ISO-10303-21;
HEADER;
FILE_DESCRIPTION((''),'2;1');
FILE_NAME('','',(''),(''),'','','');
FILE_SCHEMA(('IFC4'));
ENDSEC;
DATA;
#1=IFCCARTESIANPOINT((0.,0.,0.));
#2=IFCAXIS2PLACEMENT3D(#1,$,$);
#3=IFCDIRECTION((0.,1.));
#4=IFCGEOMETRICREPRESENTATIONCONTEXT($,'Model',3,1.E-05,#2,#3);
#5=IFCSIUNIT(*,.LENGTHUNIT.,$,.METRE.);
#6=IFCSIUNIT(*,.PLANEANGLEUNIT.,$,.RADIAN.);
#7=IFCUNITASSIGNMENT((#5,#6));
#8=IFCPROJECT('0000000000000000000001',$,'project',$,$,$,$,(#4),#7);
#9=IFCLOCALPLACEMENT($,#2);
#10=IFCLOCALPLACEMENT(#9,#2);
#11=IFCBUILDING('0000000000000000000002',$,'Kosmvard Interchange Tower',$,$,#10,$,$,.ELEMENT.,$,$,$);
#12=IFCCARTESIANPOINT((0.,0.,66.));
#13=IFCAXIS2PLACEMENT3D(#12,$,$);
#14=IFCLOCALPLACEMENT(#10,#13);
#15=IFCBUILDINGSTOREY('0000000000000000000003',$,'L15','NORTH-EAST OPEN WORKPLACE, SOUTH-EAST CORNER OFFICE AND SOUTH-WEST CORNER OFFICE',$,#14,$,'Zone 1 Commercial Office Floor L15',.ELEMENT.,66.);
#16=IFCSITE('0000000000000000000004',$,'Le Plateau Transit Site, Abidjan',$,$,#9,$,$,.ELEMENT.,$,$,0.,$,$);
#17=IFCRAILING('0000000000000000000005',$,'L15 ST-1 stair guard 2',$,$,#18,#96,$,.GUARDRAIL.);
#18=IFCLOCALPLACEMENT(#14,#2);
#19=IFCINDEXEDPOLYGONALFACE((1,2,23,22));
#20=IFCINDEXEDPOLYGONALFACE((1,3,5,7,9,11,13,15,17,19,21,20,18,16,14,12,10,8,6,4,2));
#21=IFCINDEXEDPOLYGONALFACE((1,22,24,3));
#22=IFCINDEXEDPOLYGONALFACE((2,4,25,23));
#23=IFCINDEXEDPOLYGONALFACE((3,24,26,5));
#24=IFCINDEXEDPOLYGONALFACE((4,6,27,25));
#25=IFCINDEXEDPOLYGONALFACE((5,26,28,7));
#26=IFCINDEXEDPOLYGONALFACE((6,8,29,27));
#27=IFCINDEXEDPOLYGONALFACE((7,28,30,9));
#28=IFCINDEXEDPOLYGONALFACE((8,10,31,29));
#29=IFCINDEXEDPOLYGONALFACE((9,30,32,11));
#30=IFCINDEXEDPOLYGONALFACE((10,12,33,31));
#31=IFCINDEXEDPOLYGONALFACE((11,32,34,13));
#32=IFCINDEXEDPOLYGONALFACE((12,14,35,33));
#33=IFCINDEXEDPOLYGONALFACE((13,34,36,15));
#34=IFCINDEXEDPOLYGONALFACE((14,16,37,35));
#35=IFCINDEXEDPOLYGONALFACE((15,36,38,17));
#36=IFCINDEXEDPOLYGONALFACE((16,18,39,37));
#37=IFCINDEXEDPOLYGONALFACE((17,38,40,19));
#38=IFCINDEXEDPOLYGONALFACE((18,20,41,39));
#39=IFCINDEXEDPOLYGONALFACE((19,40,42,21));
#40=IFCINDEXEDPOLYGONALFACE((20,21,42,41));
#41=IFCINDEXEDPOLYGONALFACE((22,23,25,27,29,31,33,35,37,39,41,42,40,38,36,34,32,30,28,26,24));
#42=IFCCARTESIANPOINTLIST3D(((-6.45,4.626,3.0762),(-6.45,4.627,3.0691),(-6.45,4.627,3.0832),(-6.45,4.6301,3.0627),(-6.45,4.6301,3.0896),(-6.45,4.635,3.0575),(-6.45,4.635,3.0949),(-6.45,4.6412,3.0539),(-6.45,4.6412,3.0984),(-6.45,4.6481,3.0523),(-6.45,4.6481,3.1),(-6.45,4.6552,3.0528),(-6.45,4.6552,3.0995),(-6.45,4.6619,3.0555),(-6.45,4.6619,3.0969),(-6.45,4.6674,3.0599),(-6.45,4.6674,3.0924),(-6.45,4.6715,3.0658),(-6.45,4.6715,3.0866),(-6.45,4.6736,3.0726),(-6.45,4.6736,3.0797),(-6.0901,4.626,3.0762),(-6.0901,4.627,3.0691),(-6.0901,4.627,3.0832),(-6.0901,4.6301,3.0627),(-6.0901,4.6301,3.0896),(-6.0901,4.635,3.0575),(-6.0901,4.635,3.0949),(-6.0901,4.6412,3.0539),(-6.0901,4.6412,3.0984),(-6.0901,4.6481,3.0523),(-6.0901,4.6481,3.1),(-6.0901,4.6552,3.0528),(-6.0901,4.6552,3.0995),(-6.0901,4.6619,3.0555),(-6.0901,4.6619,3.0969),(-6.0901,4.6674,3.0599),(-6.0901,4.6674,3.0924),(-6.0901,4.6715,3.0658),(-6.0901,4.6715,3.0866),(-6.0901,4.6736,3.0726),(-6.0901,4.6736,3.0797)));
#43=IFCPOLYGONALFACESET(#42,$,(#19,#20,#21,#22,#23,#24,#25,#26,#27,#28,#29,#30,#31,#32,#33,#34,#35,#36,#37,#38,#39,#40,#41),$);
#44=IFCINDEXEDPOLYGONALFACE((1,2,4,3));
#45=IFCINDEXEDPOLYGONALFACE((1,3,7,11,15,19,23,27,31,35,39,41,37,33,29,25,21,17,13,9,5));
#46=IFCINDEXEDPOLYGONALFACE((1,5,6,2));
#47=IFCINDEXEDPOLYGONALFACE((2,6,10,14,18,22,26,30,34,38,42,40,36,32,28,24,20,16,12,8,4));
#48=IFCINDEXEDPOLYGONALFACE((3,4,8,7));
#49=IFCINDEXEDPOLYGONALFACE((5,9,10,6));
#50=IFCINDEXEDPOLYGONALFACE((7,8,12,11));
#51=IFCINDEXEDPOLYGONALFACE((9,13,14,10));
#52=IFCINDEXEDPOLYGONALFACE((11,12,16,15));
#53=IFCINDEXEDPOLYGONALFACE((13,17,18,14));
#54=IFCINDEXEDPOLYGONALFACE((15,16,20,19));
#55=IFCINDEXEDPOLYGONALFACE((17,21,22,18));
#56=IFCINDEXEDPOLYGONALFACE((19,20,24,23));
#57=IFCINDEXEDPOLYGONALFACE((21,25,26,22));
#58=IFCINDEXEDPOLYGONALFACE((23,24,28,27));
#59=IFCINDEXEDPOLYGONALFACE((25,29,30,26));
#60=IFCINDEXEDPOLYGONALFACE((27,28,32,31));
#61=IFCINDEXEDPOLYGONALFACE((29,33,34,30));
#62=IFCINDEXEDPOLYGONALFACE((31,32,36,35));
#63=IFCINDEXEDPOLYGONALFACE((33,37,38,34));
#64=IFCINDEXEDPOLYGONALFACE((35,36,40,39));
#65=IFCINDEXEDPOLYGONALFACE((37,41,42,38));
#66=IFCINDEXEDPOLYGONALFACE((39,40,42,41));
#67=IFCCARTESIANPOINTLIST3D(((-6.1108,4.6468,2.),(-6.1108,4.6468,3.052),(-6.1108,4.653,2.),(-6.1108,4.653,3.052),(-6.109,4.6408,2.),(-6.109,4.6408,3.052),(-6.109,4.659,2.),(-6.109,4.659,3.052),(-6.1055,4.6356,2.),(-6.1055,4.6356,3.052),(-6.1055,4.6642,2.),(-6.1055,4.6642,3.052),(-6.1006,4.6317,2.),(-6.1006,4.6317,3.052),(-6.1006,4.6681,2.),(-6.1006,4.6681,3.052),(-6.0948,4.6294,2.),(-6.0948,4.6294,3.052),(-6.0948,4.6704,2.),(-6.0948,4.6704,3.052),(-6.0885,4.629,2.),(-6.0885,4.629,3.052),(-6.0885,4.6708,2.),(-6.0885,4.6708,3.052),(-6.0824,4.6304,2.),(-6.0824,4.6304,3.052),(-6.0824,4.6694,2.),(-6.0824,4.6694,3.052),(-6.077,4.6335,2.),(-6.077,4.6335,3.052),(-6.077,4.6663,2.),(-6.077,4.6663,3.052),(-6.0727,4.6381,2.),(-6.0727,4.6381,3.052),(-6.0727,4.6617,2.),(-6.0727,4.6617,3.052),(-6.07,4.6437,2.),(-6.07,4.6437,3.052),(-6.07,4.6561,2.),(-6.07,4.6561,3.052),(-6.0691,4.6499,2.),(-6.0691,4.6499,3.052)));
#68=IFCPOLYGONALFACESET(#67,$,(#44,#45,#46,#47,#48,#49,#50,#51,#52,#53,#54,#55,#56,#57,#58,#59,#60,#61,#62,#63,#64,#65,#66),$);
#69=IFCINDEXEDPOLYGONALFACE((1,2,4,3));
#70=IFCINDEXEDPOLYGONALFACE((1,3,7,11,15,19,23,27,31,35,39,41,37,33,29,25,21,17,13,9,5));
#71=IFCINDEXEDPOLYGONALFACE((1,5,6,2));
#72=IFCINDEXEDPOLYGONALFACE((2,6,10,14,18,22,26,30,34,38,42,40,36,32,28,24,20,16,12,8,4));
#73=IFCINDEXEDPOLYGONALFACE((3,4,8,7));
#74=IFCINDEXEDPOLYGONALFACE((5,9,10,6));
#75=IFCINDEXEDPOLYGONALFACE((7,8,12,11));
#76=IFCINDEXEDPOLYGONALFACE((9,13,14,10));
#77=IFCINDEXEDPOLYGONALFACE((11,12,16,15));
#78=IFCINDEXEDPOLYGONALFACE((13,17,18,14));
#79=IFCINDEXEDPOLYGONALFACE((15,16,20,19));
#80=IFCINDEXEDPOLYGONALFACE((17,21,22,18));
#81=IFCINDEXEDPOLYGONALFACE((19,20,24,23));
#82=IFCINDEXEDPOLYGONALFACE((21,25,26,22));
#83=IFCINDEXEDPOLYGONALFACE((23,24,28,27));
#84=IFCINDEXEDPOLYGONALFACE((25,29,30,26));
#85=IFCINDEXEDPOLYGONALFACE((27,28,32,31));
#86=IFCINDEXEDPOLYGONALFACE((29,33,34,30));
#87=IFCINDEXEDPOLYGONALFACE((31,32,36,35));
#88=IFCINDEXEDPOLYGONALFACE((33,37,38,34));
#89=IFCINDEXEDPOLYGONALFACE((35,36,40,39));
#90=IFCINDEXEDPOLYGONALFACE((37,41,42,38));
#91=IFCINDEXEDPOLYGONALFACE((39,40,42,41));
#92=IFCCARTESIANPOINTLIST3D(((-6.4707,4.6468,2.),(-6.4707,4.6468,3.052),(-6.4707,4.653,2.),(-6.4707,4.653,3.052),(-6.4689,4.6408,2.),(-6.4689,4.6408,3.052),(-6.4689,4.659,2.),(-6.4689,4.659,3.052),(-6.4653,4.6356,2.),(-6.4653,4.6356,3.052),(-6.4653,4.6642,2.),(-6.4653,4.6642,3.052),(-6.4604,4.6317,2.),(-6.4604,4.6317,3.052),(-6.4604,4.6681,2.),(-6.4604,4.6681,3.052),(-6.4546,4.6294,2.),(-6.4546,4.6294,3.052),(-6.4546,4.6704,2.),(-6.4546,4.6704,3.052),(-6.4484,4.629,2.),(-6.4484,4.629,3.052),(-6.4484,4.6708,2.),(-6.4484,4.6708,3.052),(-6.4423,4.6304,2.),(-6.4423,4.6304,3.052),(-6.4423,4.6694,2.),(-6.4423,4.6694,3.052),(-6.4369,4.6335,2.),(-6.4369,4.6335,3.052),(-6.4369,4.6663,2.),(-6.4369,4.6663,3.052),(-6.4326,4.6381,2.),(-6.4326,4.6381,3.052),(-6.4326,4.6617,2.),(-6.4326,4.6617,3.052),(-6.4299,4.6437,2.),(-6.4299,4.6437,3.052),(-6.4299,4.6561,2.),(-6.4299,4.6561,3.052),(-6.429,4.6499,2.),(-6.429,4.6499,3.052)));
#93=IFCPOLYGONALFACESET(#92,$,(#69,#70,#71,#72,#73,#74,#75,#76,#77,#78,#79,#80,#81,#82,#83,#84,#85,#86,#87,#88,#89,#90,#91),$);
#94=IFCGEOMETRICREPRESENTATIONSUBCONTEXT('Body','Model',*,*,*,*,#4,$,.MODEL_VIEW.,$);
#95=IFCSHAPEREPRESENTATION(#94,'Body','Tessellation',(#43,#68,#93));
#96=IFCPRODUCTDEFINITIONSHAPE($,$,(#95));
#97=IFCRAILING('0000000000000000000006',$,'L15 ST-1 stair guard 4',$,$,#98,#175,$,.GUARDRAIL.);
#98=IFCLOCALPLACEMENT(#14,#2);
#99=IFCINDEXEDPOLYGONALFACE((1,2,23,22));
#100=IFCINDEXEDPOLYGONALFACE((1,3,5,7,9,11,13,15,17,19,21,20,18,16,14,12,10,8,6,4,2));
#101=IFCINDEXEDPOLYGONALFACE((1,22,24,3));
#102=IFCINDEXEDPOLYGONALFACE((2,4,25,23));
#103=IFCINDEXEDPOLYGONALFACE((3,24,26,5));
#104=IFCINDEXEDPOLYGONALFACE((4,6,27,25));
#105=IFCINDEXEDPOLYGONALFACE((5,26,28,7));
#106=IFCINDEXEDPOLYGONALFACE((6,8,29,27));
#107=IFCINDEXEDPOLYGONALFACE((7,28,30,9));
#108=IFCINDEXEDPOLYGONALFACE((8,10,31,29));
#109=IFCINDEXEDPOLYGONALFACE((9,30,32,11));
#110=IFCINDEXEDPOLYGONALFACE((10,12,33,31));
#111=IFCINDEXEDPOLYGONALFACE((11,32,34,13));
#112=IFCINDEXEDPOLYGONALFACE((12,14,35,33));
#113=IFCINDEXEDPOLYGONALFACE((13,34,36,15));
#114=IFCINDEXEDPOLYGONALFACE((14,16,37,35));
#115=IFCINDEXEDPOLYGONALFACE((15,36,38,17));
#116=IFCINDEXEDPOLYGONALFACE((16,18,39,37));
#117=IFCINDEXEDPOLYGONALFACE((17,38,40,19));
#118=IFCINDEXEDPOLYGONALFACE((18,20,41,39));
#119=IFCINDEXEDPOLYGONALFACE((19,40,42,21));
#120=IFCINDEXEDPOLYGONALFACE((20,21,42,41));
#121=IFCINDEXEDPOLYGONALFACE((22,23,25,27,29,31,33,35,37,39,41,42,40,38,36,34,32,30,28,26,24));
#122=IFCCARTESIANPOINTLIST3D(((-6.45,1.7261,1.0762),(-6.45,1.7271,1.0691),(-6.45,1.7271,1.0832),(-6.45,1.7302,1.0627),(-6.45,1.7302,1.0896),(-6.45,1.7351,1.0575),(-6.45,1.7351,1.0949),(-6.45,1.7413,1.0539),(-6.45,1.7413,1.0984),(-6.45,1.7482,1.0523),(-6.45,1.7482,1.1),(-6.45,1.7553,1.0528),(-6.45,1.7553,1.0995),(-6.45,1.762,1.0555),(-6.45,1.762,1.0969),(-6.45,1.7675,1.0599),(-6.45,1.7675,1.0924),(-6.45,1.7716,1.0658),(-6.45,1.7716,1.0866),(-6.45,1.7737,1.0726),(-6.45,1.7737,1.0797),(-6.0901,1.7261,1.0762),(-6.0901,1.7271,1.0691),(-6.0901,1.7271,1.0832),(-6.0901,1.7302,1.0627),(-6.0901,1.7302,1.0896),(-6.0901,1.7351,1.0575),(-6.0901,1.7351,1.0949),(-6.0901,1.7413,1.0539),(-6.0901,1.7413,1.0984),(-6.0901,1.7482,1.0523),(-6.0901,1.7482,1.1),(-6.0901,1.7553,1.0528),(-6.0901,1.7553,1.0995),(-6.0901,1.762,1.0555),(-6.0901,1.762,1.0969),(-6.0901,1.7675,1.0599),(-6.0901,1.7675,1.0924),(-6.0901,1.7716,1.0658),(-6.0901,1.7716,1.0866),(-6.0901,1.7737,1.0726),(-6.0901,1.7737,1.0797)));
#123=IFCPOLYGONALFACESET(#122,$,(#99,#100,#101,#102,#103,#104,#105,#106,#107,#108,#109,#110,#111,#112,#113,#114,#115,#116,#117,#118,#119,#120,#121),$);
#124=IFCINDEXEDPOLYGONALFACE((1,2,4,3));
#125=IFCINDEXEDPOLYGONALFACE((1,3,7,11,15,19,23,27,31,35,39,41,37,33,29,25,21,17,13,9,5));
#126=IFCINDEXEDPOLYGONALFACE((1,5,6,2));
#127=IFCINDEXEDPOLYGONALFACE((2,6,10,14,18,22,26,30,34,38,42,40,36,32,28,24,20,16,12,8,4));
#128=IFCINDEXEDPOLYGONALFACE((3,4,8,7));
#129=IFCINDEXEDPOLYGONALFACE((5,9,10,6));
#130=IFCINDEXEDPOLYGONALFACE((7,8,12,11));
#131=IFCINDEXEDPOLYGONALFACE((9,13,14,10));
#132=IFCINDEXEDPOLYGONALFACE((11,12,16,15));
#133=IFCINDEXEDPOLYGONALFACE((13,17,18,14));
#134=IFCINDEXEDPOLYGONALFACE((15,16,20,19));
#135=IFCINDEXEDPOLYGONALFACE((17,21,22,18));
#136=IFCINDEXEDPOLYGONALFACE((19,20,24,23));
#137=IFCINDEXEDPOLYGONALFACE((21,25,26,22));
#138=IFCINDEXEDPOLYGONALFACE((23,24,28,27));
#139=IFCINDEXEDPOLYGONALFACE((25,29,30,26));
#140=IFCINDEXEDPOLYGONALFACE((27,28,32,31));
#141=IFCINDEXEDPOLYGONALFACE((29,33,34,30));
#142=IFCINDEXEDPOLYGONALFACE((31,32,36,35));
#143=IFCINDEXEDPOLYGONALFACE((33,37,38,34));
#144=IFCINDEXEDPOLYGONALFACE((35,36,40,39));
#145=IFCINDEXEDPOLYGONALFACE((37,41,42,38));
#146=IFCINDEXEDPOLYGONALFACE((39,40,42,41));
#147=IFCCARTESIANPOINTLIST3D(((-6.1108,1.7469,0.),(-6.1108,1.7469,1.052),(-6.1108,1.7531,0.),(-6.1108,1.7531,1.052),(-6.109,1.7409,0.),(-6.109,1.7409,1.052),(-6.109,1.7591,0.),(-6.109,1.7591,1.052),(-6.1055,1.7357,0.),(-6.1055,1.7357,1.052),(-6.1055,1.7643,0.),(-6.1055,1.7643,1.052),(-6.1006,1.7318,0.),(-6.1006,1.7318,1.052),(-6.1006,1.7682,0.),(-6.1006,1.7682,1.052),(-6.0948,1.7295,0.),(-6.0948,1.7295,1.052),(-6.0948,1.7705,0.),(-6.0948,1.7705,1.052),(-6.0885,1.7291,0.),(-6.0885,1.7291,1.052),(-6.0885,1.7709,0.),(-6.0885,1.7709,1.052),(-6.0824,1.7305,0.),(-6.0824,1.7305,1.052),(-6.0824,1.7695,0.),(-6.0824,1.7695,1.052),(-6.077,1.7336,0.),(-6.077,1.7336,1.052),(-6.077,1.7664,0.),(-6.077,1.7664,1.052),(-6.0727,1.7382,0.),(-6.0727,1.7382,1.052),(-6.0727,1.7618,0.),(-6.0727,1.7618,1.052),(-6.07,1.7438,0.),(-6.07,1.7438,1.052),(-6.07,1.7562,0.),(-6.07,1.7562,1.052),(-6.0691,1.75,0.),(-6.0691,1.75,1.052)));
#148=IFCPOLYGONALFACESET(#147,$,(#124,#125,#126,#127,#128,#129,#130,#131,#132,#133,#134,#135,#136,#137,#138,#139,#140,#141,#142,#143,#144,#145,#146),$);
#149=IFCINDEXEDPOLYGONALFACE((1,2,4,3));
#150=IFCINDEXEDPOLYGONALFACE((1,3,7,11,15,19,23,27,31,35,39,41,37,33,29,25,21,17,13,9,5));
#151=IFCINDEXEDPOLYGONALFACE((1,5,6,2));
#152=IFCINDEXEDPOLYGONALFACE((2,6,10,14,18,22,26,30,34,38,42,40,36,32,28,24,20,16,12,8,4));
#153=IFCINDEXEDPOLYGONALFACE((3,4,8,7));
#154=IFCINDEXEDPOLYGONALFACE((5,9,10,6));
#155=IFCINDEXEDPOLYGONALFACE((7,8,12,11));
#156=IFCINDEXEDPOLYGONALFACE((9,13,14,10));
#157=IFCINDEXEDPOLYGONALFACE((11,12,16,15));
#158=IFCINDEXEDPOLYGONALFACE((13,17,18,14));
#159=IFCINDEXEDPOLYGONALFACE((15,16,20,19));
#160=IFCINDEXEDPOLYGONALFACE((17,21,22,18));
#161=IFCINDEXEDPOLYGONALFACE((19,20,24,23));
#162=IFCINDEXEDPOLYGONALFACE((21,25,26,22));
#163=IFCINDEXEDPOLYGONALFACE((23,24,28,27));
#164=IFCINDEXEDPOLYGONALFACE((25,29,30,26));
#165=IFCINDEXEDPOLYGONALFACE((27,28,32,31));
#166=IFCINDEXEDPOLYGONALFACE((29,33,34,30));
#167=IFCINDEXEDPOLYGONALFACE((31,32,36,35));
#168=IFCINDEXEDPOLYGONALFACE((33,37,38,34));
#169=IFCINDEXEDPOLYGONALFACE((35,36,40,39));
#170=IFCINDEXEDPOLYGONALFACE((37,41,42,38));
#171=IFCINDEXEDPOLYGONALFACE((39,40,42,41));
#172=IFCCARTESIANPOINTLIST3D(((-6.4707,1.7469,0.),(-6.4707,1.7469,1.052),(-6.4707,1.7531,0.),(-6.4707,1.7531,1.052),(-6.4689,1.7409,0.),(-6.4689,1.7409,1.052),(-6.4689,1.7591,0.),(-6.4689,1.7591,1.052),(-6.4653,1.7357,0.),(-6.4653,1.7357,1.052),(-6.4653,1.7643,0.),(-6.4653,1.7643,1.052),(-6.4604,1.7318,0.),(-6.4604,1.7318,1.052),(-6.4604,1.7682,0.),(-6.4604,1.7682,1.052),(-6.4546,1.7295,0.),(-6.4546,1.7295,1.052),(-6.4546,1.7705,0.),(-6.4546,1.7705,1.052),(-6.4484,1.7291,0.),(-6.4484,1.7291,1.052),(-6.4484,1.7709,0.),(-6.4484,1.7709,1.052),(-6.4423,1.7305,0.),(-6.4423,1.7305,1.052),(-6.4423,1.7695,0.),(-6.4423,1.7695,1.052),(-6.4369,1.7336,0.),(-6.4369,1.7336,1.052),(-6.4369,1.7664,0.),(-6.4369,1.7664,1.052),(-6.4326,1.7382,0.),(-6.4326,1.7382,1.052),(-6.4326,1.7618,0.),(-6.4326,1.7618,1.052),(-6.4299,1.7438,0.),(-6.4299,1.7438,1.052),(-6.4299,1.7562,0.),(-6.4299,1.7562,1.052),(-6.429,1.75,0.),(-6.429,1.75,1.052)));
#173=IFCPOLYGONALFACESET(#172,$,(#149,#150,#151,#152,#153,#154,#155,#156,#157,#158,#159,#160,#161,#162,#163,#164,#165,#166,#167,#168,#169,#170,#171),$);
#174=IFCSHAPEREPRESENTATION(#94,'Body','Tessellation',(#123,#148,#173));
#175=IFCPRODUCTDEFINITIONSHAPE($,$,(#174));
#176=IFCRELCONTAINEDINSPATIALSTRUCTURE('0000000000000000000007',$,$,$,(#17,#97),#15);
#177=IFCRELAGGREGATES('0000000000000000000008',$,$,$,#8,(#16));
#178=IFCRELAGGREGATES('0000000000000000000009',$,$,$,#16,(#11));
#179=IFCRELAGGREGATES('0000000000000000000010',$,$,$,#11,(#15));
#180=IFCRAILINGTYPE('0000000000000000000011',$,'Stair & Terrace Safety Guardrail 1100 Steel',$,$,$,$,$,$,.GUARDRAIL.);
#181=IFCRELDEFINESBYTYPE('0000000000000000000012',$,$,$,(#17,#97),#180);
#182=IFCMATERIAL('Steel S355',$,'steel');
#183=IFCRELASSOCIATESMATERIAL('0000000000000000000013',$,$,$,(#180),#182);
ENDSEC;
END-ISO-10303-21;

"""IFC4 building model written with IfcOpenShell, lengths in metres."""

from ifc_helpers import new_model, si_unit, direction, frame, origin, origin_2d, place, context, subcontext, project, spatial, circle, extrude, source, transform, mapped, material, type_object, element, save


model = new_model("IFC4")

# Units and contexts
model_context = context("Model", 3, precision=1e-05, world=origin(), true_north=direction((0.0, 1.0)))
body_context = subcontext(model_context, "Body", "Model", "MODEL_VIEW")
ifc_project = project(units=[si_unit("LENGTHUNIT", "METRE"), si_unit("PLANEANGLEUNIT", "RADIAN")], contexts=[model_context])

# Site, building, storey
site_placement = place(None, origin())
site = spatial("IfcSite", under=ifc_project, at=site_placement, Name="Le Plateau Transit Site, Abidjan", CompositionType="ELEMENT", RefElevation=0.0)
building_placement = place(site_placement, origin())
building = spatial("IfcBuilding", under=site, at=building_placement, Name="Kosmvard Interchange Tower", CompositionType="ELEMENT")
storey_placement = place(building_placement, frame((0.0, 0.0, 66.0)))
storey = spatial("IfcBuildingStorey", under=building, at=storey_placement, Name="L15", Description="NORTH-EAST OPEN WORKPLACE, SOUTH-EAST CORNER OFFICE AND SOUTH-WEST CORNER OFFICE", LongName="Zone 1 Commercial Office Floor L15", CompositionType="ELEMENT", Elevation=66.0)

# Shared definitions
ifc_material_1 = material(Name="Steel S355", Category="steel")

# Railings
railing_type_1 = type_object("IfcRailingType", Name="Stair & Terrace Safety Guardrail 1100 Steel", PredefinedType="GUARDRAIL", material=ifc_material_1)
shared_shape_1 = source(origin(), body_context, "Body", "SweptSolid", [
    extrude(circle(Radius=0.0239, at=origin_2d()), frame((0.0, 0.0, 1.0762), z_axis=(-1.0, 0.0, 0.0), x_axis=(0.0, -1.0, 0.0)), (0.0, 0.0, 1.0), 0.3599),
    extrude(circle(Radius=0.021, at=origin_2d()), origin(), (0.0, 0.0, 1.0), 1.052),
    extrude(circle(Radius=0.021, at=origin_2d()), frame((-0.3599, 0.0, 0.0)), (0.0, 0.0, 1.0), 1.052),
])
for number, where, name in (
    (1, (-6.0901, 4.6499, 2.0), "L15 ST-1 stair guard 2"),
    (2, (-6.0901, 1.75, 0.0), "L15 ST-1 stair guard 4"),
):
    element("IfcRailing", number, at=place(storey_placement, frame(where)), inside=storey, type_object=railing_type_1, Name=name, PredefinedType="GUARDRAIL", context=body_context, shape_type="MappedRepresentation", body=[
        mapped(shared_shape_1, transform((0.0, 0.0, 0.0), scale=1.0)),
    ])

save(model, "model.ifc")
